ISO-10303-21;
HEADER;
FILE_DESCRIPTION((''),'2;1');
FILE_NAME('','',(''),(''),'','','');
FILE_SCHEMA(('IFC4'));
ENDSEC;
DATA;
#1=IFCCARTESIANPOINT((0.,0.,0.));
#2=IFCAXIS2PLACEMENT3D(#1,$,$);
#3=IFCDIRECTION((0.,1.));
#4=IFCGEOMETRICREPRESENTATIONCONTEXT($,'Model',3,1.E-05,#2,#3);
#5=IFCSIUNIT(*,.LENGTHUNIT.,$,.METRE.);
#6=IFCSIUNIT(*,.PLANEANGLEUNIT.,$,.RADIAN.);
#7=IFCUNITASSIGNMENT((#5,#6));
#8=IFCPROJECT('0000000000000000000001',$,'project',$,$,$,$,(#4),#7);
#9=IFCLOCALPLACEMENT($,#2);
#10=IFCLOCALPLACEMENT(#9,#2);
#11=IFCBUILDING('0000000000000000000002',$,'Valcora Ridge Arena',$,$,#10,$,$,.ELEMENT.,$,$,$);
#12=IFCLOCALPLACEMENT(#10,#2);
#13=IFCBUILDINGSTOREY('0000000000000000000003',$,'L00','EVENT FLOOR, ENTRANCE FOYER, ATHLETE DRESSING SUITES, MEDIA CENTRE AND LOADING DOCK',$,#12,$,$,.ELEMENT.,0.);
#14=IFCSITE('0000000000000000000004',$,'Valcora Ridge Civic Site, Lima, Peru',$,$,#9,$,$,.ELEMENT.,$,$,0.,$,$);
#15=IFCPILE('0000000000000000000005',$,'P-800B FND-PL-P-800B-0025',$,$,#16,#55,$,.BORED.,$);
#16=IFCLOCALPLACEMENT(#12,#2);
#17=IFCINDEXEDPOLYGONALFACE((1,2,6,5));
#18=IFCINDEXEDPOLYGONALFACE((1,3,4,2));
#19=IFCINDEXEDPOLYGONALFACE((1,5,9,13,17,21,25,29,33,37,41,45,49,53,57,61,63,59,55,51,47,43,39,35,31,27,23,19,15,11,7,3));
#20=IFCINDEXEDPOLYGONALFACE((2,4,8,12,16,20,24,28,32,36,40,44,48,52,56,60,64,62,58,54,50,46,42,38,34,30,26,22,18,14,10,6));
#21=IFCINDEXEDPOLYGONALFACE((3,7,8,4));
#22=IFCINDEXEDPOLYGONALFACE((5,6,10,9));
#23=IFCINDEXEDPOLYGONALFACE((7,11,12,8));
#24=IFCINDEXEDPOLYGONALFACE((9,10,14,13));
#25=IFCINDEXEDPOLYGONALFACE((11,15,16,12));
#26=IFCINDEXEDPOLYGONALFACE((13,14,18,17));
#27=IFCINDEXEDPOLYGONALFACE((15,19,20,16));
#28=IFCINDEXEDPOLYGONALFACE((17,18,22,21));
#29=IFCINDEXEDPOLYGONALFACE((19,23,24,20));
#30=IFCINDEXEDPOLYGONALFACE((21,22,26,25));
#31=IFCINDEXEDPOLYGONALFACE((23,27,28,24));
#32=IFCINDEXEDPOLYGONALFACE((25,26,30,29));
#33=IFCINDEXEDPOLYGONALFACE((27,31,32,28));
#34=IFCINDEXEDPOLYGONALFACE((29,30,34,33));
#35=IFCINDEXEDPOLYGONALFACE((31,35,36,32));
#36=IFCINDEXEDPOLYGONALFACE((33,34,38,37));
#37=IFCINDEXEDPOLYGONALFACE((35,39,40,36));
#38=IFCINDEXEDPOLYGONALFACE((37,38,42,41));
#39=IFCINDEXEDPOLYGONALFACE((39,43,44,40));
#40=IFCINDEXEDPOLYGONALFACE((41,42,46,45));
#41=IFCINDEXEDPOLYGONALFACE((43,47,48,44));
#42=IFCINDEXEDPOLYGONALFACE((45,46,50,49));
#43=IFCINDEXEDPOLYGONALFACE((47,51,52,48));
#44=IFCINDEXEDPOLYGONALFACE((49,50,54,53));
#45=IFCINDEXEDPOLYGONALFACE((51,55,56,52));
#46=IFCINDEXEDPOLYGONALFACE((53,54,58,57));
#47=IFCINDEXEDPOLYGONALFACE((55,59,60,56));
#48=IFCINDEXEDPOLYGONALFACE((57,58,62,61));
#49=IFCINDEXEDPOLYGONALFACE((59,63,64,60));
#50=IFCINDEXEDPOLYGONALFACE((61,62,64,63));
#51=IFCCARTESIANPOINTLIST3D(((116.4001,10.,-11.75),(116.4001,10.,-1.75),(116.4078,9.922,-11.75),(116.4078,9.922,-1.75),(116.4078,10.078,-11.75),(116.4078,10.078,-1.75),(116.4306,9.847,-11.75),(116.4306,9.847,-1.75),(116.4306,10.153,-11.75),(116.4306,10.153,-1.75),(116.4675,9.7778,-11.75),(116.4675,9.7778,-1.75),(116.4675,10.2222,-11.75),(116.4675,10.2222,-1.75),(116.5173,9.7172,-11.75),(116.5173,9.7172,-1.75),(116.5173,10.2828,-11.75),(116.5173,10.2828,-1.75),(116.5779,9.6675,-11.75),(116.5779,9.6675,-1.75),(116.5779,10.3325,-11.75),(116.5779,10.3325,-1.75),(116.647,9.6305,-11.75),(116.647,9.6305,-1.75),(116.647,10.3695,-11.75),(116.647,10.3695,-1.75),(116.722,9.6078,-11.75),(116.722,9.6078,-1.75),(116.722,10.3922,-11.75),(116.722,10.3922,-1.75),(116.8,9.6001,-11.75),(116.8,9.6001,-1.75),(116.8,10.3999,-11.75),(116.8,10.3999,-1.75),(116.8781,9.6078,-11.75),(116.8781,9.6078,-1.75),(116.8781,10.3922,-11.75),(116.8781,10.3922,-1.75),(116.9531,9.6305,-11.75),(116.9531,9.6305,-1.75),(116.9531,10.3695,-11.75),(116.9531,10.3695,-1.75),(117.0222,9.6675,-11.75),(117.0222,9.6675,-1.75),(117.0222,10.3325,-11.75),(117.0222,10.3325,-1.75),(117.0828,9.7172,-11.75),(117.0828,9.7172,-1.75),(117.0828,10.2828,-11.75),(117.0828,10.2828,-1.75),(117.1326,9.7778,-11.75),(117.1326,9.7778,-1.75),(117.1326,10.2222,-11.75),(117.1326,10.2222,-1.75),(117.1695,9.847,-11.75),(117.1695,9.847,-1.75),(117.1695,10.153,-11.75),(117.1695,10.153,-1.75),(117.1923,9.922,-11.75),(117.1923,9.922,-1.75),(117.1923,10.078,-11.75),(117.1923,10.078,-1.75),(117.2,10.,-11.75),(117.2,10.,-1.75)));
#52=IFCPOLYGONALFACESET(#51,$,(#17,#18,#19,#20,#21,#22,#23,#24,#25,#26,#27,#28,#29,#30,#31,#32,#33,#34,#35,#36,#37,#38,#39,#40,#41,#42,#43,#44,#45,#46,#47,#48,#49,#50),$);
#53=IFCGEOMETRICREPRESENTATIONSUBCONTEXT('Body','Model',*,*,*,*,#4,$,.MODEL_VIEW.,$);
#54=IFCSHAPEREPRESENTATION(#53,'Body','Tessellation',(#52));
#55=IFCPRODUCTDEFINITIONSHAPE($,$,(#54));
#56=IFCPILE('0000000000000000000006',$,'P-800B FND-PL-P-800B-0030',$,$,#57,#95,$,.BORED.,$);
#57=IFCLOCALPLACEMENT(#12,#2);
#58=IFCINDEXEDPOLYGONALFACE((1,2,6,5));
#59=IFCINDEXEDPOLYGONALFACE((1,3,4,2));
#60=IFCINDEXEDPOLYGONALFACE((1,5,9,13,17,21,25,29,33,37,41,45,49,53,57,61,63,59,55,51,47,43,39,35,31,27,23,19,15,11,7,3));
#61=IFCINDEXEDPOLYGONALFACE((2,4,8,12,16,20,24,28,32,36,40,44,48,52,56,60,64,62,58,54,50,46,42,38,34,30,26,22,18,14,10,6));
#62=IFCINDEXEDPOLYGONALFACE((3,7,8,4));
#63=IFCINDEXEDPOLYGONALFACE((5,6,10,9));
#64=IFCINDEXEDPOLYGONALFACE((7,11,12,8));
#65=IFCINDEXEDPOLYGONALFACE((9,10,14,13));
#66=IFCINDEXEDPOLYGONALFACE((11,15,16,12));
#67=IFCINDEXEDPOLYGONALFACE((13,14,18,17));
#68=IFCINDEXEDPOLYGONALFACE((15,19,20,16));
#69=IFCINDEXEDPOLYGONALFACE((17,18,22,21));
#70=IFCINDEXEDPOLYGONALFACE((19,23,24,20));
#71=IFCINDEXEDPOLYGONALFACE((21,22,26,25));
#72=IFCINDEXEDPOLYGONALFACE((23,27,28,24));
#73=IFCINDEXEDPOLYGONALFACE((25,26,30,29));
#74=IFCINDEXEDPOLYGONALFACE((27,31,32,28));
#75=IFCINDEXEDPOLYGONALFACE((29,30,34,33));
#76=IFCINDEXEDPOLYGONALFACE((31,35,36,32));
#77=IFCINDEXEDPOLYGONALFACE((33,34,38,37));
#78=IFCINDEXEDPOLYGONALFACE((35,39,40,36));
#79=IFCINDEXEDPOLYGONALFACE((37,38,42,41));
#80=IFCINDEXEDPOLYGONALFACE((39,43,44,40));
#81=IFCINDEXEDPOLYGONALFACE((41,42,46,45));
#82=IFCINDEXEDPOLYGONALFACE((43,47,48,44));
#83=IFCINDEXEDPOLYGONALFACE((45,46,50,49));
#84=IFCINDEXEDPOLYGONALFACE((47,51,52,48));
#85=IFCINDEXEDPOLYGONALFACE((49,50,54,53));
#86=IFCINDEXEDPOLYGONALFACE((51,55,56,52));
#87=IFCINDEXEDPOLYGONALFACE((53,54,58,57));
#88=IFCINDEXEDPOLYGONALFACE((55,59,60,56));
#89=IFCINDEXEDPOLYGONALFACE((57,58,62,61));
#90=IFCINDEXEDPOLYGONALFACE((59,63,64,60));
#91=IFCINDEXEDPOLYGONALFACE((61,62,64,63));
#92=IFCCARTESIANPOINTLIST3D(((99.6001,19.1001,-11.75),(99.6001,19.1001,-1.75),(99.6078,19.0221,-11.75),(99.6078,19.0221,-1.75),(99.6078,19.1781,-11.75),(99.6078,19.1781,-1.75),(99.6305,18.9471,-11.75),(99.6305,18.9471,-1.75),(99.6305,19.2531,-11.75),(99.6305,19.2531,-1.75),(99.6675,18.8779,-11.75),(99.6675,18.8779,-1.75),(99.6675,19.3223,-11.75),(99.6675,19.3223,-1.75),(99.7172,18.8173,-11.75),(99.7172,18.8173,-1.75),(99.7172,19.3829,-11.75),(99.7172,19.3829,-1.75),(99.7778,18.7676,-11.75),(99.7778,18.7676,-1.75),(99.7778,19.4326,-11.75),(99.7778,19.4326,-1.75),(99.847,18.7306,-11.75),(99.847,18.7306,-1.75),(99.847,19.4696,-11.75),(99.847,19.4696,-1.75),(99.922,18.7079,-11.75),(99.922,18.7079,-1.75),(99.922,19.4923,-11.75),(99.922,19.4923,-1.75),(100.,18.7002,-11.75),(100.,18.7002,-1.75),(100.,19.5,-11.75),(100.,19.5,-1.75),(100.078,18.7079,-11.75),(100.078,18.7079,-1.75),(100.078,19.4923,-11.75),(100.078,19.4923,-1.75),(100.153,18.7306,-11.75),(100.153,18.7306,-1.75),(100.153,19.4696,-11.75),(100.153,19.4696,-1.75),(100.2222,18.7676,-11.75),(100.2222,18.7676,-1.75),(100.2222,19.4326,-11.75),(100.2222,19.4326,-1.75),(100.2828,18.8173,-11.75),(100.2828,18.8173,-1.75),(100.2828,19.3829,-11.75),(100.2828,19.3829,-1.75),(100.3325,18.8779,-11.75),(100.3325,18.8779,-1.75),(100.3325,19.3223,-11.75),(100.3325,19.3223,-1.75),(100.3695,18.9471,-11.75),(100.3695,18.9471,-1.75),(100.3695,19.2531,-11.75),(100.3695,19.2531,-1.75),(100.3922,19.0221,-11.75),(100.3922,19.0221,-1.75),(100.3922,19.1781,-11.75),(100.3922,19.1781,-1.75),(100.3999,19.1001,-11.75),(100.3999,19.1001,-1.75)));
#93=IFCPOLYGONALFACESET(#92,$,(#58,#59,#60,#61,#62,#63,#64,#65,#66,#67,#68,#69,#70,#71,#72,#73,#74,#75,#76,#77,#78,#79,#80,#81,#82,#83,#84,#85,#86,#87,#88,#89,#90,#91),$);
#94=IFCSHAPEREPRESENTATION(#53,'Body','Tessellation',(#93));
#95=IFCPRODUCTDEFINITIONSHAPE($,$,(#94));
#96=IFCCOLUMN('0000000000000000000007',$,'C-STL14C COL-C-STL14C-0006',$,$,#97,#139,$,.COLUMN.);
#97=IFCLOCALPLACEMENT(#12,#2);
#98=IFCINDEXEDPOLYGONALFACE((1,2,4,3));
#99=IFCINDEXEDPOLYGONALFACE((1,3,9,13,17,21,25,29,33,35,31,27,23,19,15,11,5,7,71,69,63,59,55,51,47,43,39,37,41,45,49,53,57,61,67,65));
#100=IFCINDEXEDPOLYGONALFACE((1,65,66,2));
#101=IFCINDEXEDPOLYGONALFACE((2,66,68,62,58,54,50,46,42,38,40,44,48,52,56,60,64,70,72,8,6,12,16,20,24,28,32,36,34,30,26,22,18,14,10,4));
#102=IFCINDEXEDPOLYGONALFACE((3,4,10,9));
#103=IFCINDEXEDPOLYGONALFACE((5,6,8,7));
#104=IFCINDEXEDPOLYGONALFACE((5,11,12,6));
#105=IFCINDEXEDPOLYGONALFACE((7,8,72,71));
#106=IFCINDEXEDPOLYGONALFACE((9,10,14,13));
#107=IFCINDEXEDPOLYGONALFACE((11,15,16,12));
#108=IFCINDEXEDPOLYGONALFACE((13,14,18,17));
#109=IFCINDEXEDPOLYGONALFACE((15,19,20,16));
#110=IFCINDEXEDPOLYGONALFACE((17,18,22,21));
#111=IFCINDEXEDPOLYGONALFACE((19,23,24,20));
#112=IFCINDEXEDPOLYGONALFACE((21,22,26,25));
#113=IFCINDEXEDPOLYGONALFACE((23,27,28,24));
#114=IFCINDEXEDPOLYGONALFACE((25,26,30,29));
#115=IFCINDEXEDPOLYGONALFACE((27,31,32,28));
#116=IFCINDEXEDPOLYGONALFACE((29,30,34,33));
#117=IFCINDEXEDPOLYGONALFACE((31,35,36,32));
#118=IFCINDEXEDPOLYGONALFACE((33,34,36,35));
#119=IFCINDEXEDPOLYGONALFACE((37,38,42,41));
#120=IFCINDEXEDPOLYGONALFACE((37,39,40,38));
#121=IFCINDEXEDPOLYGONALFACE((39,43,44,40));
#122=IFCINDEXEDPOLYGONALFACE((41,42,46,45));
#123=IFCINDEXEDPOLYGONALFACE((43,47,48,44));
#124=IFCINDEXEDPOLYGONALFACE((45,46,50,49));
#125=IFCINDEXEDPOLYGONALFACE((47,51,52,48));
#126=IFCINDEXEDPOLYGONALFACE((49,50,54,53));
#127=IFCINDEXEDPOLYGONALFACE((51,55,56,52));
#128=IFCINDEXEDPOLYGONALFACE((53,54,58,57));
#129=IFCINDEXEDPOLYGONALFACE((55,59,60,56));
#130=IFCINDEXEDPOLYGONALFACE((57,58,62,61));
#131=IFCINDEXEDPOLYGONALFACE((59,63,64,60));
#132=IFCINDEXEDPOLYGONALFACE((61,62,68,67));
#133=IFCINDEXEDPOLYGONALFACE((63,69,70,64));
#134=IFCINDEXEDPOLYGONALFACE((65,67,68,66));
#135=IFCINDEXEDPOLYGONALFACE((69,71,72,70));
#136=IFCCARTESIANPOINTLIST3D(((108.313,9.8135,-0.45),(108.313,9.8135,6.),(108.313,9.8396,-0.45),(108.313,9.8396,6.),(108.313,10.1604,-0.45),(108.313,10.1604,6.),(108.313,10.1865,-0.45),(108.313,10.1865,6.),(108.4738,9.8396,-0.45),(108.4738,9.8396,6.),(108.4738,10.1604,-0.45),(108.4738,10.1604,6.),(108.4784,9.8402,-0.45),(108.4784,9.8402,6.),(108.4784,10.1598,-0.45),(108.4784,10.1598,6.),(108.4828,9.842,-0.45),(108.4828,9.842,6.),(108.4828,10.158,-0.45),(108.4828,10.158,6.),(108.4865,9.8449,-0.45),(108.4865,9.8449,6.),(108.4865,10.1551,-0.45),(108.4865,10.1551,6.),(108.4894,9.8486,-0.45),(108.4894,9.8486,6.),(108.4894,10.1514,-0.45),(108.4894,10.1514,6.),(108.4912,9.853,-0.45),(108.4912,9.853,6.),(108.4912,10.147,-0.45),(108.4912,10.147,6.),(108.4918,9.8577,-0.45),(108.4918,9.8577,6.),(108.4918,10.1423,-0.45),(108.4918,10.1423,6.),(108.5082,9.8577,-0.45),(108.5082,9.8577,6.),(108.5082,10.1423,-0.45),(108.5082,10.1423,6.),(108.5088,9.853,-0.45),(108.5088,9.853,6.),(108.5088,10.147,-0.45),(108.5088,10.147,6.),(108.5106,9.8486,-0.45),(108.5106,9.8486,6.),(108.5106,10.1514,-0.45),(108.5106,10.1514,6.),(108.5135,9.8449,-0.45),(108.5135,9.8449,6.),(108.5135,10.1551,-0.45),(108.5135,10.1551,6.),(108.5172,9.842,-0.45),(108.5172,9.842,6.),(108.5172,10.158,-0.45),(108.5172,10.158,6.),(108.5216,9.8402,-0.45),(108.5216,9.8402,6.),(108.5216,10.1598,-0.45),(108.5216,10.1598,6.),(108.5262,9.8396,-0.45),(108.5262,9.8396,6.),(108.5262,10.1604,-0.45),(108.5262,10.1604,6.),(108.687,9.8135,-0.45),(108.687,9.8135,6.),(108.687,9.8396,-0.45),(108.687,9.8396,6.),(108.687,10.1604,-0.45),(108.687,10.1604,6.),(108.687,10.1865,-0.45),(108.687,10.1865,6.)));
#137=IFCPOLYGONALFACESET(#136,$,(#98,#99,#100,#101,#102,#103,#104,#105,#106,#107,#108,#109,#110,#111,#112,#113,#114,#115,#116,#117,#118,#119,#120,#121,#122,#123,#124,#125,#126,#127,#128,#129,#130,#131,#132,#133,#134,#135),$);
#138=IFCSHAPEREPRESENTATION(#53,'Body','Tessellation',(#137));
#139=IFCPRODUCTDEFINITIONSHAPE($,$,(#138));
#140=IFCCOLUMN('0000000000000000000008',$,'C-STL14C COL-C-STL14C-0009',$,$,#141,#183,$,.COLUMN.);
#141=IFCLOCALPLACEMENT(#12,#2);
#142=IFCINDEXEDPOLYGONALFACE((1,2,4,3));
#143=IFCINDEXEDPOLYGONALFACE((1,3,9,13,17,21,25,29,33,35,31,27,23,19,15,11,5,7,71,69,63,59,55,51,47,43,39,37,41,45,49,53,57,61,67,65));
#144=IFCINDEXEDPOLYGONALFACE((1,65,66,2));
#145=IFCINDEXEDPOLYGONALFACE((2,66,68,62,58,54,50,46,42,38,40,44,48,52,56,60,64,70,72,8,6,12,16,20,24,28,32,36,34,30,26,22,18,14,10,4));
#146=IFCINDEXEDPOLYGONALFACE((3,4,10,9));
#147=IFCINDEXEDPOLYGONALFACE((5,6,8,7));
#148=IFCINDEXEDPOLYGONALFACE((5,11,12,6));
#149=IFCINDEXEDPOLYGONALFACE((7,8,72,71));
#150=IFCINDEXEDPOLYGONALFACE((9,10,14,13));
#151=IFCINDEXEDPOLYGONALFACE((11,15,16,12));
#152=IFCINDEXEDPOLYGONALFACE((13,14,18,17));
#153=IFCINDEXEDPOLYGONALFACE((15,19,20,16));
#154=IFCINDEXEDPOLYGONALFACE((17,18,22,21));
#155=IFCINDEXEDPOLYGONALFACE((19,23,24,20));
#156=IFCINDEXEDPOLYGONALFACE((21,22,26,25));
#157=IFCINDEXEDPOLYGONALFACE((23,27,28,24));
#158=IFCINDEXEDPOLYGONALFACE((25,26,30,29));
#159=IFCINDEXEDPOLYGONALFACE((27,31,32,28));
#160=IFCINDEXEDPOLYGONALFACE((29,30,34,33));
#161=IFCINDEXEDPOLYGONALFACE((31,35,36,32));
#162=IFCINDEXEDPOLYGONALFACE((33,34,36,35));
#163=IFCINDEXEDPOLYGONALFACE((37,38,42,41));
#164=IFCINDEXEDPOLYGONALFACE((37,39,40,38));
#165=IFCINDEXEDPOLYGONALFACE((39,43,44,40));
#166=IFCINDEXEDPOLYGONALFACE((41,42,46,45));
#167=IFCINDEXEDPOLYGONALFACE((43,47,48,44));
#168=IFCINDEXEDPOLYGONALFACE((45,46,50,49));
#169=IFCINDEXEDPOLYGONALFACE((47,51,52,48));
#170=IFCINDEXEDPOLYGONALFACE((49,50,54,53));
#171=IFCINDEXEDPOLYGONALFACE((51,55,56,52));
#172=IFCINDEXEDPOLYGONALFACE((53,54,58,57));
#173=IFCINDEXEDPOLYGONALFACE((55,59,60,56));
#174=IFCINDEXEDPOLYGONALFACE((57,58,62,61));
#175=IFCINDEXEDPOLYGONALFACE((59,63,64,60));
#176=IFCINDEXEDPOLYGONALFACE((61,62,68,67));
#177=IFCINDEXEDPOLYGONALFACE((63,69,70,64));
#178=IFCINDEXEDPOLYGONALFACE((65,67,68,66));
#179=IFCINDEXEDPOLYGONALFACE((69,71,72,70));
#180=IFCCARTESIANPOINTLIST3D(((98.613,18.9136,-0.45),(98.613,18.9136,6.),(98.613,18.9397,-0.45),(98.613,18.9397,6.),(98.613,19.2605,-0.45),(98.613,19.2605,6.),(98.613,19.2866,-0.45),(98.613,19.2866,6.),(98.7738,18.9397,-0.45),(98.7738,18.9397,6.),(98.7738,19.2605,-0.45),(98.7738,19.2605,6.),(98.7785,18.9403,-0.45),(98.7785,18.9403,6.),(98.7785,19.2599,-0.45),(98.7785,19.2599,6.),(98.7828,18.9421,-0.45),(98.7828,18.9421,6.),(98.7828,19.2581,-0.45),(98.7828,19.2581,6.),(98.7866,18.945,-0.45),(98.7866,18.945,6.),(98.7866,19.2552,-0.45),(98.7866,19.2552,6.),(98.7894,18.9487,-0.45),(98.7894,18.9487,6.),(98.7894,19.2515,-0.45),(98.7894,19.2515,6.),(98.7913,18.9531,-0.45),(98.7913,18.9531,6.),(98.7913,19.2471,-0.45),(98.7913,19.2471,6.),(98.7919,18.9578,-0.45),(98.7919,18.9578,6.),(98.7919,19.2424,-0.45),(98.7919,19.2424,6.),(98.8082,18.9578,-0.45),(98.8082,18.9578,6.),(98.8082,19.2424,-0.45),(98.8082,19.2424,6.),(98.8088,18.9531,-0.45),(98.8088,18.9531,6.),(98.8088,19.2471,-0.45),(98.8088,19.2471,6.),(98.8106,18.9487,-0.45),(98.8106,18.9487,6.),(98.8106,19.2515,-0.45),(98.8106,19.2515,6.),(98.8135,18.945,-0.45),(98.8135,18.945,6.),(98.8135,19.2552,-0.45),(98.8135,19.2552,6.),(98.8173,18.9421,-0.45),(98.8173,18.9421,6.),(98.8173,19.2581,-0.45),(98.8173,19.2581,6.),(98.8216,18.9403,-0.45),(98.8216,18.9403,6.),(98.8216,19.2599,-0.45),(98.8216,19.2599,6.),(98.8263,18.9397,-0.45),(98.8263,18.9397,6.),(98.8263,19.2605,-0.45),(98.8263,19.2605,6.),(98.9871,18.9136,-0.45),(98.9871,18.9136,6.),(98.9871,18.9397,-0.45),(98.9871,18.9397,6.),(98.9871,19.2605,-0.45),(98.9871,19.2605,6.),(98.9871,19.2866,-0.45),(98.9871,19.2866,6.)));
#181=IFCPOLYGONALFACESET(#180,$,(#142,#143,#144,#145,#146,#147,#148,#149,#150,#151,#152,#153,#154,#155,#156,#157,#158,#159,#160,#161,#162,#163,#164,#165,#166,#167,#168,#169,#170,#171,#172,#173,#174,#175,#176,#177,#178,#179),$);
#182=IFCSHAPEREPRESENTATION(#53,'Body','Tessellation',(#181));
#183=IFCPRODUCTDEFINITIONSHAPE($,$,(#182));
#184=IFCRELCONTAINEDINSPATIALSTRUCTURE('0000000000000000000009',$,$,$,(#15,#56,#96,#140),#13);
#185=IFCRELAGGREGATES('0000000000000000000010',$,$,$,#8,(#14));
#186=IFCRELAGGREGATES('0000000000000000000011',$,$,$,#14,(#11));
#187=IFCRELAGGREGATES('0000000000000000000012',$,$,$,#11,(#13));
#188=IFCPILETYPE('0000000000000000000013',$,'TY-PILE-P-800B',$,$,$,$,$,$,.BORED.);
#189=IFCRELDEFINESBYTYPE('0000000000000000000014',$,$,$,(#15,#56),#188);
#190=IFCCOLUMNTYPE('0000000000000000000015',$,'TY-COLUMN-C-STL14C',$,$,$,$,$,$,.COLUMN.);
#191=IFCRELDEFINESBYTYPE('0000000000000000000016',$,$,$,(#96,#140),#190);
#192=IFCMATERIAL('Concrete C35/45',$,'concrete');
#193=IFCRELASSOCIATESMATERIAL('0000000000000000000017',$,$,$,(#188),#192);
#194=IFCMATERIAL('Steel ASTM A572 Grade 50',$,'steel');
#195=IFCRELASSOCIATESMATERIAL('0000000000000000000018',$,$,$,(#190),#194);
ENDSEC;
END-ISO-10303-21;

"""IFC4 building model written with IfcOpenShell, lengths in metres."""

from ifc_helpers import new_model, si_unit, direction, frame, origin, origin_2d, place, context, subcontext, project, spatial, circle, i_section, extrude, material, material_profile, profile_set, type_object, element, save


model = new_model("IFC4")

# Units and contexts
model_context = context("Model", 3, precision=1e-05, world=origin(), true_north=direction((0.0, 1.0)))
body_context = subcontext(model_context, "Body", "Model", "MODEL_VIEW")
ifc_project = project(units=[si_unit("LENGTHUNIT", "METRE"), si_unit("PLANEANGLEUNIT", "RADIAN")], contexts=[model_context])

# Site, building, storey
site_placement = place(None, origin())
site = spatial("IfcSite", under=ifc_project, at=site_placement, Name="Valcora Ridge Civic Site, Lima, Peru", CompositionType="ELEMENT", RefElevation=0.0)
building_placement = place(site_placement, origin())
building = spatial("IfcBuilding", under=site, at=building_placement, Name="Valcora Ridge Arena", CompositionType="ELEMENT")
storey_placement = place(building_placement, origin())
storey = spatial("IfcBuildingStorey", under=building, at=storey_placement, Name="L00", Description="EVENT FLOOR, ENTRANCE FOYER, ATHLETE DRESSING SUITES, MEDIA CENTRE AND LOADING DOCK", CompositionType="ELEMENT", Elevation=0.0)

# Piles
ifc_material_1 = material(Name="Concrete C35/45", Category="concrete")
ifc_material_profile_1 = material_profile(ifc_material_1, circle(Radius=0.3999, at=origin_2d()), Name="BORED PILE D800")
ifc_profile_set_1 = profile_set([ifc_material_profile_1], Name="Concrete C35/45")
pile_type = type_object("IfcPileType", Name="TY-PILE-P-800B", PredefinedType="BORED", material=ifc_profile_set_1)
for number, where, z_axis, x_axis, name in (
    (1, (116.8, 10.0, -1.75), (0.0, 0.0, -1.0), (1.0, 0.0, 0.0), "P-800B FND-PL-P-800B-0025"),
    (2, (100.0, 19.1001, -1.75), (0.0, 0.0, -1.0), (1.0, 0.0, 0.0), "P-800B FND-PL-P-800B-0030"),
):
    element("IfcPile", number, at=place(storey_placement, frame(where, z_axis=z_axis, x_axis=x_axis)), inside=storey, type_object=pile_type, Name=name, PredefinedType="BORED", context=body_context, shape_type="SweptSolid", body=[
        extrude(circle(Radius=0.3999, at=origin_2d()), origin(), (0.0, 0.0, 1.0), 10.0),
    ])

# Columns
ifc_material_2 = material(Name="Steel ASTM A572 Grade 50", Category="steel")
ifc_material_profile_2 = material_profile(ifc_material_2, i_section(OverallWidth=0.374, OverallDepth=0.373, WebThickness=0.0164, FlangeThickness=0.0261, FilletRadius=0.0181, at=origin_2d()), Name="W14X132")
ifc_profile_set_2 = profile_set([ifc_material_profile_2], Name="Steel ASTM A572 Grade 50")
column_type = type_object("IfcColumnType", Name="TY-COLUMN-C-STL14C", PredefinedType="COLUMN", material=ifc_profile_set_2)
for number, where, z_axis, x_axis, name in (
    (3, (108.5, 10.0, -0.45), (0.0, 0.0, 1.0), (1.0, 0.0, 0.0), "C-STL14C COL-C-STL14C-0006"),
    (4, (98.8, 19.1001, -0.45), (0.0, 0.0, 1.0), (1.0, 0.0, 0.0), "C-STL14C COL-C-STL14C-0009"),
):
    element("IfcColumn", number, at=place(storey_placement, frame(where, z_axis=z_axis, x_axis=x_axis)), inside=storey, type_object=column_type, Name=name, PredefinedType="COLUMN", context=body_context, shape_type="SweptSolid", body=[
        extrude(i_section(OverallWidth=0.374, OverallDepth=0.373, WebThickness=0.0164, FlangeThickness=0.0261, FilletRadius=0.0181, at=origin_2d()), origin(), (0.0, 0.0, 1.0), 6.45),
    ])

save(model, "model.ifc")
